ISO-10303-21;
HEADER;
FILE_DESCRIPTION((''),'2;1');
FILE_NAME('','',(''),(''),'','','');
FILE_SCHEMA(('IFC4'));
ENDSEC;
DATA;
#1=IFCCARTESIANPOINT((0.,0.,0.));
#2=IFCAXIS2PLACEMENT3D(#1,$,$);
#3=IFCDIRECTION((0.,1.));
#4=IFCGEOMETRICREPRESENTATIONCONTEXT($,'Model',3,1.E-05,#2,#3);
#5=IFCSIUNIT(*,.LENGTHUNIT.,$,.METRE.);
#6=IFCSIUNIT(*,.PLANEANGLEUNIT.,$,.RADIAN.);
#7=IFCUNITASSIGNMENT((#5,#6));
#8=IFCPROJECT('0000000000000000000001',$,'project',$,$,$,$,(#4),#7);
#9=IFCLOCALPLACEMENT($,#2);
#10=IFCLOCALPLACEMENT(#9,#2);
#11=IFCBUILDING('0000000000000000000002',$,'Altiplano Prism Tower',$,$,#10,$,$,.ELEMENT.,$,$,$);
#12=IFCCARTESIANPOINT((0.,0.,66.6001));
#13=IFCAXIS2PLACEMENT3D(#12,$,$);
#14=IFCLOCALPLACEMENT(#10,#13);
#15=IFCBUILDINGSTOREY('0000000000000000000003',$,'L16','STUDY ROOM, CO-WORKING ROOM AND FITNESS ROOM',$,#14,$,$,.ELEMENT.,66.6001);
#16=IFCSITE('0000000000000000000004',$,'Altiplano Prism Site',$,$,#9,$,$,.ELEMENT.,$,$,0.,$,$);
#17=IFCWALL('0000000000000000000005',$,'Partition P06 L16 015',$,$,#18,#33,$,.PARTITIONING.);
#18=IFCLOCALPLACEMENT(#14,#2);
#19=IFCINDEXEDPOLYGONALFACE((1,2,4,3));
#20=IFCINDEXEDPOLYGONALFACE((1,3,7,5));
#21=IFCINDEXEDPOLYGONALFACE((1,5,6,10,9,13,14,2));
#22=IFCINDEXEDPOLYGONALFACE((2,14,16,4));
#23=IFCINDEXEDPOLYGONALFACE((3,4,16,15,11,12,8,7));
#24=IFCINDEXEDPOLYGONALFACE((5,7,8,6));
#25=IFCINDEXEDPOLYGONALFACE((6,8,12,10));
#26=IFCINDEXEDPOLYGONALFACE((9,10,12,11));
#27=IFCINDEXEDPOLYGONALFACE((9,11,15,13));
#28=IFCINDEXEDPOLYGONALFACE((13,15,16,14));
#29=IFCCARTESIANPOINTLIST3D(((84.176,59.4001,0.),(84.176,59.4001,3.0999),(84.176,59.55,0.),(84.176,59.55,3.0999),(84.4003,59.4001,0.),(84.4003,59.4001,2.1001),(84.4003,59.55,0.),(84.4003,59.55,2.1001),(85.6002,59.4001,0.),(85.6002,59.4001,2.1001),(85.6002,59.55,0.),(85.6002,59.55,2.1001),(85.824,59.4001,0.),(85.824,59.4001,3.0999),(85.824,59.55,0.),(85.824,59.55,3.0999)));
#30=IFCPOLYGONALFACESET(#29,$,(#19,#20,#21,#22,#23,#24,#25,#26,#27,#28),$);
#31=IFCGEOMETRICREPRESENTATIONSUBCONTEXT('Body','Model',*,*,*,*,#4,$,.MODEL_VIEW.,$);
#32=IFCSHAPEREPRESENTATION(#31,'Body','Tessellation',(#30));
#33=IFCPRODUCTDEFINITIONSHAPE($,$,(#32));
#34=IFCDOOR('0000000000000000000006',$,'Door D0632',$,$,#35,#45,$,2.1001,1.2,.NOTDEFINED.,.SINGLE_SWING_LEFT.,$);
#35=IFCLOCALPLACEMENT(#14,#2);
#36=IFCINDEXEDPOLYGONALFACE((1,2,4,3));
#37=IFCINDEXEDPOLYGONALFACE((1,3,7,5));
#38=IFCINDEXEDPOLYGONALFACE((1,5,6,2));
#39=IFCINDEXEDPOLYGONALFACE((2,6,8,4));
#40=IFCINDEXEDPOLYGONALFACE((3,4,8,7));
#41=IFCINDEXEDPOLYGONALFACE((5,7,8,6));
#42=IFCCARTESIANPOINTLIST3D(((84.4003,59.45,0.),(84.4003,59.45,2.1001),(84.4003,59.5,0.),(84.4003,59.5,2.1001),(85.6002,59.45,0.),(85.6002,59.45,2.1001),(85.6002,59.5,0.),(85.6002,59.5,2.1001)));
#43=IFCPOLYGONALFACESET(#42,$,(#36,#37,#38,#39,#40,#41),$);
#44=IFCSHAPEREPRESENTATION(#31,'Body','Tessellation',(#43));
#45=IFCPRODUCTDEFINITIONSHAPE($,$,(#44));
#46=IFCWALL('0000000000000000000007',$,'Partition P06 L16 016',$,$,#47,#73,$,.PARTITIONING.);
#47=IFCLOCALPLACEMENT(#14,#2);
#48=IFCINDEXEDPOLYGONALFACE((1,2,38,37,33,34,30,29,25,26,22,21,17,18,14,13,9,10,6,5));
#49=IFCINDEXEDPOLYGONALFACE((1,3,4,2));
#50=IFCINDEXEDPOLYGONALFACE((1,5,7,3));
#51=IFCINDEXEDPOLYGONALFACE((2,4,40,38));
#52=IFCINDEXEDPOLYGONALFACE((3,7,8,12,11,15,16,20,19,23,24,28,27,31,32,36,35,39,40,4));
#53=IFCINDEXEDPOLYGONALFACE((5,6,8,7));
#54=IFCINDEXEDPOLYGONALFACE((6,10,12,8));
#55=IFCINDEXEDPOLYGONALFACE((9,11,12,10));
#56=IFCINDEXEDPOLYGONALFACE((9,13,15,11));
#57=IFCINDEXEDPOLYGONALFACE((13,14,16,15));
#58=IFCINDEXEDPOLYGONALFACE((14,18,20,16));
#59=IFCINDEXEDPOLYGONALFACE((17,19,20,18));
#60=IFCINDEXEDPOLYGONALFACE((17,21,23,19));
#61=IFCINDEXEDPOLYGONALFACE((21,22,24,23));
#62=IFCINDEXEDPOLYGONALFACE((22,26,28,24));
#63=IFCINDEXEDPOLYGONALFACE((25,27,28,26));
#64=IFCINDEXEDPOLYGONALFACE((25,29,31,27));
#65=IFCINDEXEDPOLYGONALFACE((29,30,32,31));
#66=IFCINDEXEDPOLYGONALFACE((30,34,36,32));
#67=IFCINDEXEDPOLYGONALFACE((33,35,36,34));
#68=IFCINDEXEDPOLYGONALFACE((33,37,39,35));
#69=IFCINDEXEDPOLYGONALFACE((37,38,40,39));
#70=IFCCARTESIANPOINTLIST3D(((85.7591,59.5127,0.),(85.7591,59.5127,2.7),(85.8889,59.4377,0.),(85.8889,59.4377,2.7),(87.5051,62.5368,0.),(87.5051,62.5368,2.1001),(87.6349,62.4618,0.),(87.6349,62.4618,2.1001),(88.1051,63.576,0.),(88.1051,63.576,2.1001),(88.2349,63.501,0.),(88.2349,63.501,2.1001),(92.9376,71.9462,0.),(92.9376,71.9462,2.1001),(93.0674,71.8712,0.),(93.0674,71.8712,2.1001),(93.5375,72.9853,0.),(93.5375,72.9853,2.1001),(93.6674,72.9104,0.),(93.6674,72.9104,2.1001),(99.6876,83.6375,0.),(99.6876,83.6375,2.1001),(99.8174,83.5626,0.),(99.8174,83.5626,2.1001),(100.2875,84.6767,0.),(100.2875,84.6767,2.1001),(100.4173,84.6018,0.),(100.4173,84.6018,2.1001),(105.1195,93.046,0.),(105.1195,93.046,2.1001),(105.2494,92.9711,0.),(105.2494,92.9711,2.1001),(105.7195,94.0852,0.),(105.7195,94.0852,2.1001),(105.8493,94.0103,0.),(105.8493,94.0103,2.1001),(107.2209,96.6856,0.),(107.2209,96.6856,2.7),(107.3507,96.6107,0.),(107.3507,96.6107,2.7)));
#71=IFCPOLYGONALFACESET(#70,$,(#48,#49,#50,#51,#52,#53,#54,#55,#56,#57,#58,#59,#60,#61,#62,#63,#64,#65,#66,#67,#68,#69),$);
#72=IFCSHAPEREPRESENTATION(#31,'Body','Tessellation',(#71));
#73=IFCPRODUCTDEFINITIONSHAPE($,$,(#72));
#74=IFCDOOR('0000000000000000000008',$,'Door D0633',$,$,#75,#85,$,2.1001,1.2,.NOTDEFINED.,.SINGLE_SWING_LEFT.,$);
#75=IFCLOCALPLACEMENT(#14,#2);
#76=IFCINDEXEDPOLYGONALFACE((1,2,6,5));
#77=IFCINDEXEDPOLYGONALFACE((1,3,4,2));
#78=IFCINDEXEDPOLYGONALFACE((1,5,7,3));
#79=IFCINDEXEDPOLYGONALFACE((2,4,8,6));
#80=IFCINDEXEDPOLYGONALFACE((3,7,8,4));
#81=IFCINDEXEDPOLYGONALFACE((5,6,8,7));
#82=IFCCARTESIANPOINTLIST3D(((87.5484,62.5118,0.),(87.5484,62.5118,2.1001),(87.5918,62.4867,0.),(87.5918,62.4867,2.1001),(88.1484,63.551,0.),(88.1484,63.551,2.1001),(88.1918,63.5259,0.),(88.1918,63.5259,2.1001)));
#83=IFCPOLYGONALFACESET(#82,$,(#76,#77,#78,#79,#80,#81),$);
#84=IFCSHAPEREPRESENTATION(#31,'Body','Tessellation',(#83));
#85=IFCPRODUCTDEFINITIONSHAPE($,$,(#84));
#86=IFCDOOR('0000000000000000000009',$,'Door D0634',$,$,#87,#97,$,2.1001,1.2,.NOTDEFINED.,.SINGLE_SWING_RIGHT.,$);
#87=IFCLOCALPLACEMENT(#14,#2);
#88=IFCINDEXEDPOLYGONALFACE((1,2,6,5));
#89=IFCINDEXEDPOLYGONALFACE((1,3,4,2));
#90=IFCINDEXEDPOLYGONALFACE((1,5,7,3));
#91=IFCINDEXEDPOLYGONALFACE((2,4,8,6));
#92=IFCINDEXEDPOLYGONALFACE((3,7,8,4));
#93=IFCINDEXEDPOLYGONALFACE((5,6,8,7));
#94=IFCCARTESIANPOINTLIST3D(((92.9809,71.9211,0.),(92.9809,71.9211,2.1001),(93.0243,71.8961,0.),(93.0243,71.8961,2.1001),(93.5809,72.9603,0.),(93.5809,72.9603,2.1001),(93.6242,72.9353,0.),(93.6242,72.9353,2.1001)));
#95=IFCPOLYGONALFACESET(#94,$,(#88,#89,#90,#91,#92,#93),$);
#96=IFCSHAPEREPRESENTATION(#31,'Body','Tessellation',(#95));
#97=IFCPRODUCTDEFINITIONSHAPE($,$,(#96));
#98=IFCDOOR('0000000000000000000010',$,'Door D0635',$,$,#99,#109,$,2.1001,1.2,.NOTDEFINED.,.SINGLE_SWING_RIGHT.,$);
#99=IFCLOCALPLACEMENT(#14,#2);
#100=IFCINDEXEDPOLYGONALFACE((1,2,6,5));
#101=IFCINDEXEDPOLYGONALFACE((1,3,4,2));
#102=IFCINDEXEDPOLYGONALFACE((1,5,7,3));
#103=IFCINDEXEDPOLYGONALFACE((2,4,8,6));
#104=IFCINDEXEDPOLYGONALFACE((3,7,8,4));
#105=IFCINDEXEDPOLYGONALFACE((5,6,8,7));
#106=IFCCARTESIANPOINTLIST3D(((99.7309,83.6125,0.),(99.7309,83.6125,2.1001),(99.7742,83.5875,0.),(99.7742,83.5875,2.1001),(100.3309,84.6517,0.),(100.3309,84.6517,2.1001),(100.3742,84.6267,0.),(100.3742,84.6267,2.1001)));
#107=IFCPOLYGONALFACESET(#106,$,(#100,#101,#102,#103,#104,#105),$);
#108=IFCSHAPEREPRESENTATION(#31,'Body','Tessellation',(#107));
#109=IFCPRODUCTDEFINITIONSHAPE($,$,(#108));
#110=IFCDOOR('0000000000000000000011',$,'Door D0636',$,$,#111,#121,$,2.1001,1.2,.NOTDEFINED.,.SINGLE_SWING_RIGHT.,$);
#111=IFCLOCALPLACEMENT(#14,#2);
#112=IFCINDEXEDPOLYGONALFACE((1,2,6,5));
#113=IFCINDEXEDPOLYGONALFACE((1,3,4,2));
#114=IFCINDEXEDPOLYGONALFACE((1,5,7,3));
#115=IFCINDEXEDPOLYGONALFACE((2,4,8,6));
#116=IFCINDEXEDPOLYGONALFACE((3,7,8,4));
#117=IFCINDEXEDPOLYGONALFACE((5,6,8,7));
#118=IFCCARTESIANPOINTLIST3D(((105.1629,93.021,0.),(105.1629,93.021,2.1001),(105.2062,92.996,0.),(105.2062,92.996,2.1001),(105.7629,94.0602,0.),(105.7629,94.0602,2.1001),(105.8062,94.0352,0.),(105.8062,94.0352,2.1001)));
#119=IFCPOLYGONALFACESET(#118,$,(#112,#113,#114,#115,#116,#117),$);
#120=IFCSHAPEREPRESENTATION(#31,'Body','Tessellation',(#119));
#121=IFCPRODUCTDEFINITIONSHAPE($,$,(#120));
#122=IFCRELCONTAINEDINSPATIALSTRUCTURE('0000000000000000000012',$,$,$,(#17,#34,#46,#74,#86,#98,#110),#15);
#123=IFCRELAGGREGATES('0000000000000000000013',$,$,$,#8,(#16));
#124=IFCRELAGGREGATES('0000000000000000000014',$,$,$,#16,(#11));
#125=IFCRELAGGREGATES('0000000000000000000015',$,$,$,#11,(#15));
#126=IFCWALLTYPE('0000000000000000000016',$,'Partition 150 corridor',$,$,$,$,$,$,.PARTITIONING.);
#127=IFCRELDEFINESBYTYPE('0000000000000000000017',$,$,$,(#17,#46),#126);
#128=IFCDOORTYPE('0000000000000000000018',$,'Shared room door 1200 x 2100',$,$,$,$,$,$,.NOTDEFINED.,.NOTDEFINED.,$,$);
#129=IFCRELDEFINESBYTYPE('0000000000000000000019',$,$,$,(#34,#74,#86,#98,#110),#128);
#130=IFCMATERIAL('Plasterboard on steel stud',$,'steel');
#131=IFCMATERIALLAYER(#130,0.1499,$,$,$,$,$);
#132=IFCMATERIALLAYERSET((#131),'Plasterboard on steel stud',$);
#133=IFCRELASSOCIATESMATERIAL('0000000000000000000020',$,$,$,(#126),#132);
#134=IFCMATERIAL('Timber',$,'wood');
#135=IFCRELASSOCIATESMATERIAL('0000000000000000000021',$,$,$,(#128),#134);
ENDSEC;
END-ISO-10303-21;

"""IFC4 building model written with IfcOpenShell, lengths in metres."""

from ifc_helpers import new_model, si_unit, direction, frame, frame_2d, origin, place, context, subcontext, project, spatial, rectangle, extrude, material, layer, layer_set, type_object, element, fill, save


model = new_model("IFC4")

# Units and contexts
model_context = context("Model", 3, precision=1e-05, world=origin(), true_north=direction((0.0, 1.0)))
body_context = subcontext(model_context, "Body", "Model", "MODEL_VIEW")
ifc_project = project(units=[si_unit("LENGTHUNIT", "METRE"), si_unit("PLANEANGLEUNIT", "RADIAN")], contexts=[model_context])

# Site, building, storey
site_placement = place(None, origin())
site = spatial("IfcSite", under=ifc_project, at=site_placement, Name="Altiplano Prism Site", CompositionType="ELEMENT", RefElevation=0.0)
building_placement = place(site_placement, origin())
building = spatial("IfcBuilding", under=site, at=building_placement, Name="Altiplano Prism Tower", CompositionType="ELEMENT")
storey_placement = place(building_placement, frame((0.0, 0.0, 66.6001)))
storey = spatial("IfcBuildingStorey", under=building, at=storey_placement, Name="L16", Description="STUDY ROOM, CO-WORKING ROOM AND FITNESS ROOM", CompositionType="ELEMENT", Elevation=66.6001)

# Wall, opening, door
ifc_material_1 = material(Name="Plasterboard on steel stud", Category="steel")
ifc_layer_1 = layer(ifc_material_1, 0.1499)
ifc_layer_set_1 = layer_set([ifc_layer_1], Name="Plasterboard on steel stud")
wall_type_1 = type_object("IfcWallType", Name="Partition 150 corridor", PredefinedType="PARTITIONING", material=ifc_layer_set_1)
wall_1_placement = place(storey_placement, frame((84.176, 59.4751, 0.0), z_axis=(0.0, 0.0, 1.0), x_axis=(1.0, 0.0, 0.0)))
wall_1 = element("IfcWall", 1, at=wall_1_placement, inside=storey, type_object=wall_type_1, Name="Partition P06 L16 015", PredefinedType="PARTITIONING", context=body_context, shape_type="SweptSolid", body=[
    extrude(rectangle(XDim=1.6479, YDim=0.1499, at=frame_2d((0.824, 0.0))), origin(), (0.0, 0.0, 1.0), 3.0999),
])
opening_1_placement = place(wall_1_placement, frame((0.2241, 0.0, 0.0)))
opening_1 = element("IfcOpeningElement", 2, at=opening_1_placement, cuts=wall_1, PredefinedType="OPENING", context=body_context, shape_type="SweptSolid", body=[
    extrude(rectangle(XDim=1.2, YDim=2.1001, at=frame_2d((0.6001, 1.05))), frame((0.0, 0.0854, 0.0), z_axis=(0.0, -1.0, 0.0), x_axis=(1.0, 0.0, 0.0)), (0.0, 0.0, 1.0), 0.1709),
])
ifc_material_2 = material(Name="Timber", Category="wood")
door_type = type_object("IfcDoorType", Name="Shared room door 1200 x 2100", OperationType="NOTDEFINED", PredefinedType="NOTDEFINED", material=ifc_material_2)
door_1_placement = place(opening_1_placement, origin())
door_1 = element("IfcDoor", 3, at=door_1_placement, inside=storey, type_object=door_type, Name="Door D0632", OperationType="SINGLE_SWING_LEFT", OverallHeight=2.1001, OverallWidth=1.2, PredefinedType="NOTDEFINED", context=body_context, shape_type="SweptSolid", body=[
    extrude(rectangle(XDim=1.2, YDim=2.1001, at=frame_2d((0.6001, 1.05))), frame((0.0, 0.0249, 0.0), z_axis=(0.0, -1.0, 0.0), x_axis=(1.0, 0.0, 0.0)), (0.0, 0.0, 1.0), 0.05),
])
fill(opening_1, door_1)

# Wall, openings, doors
wall_2_placement = place(storey_placement, frame((85.824, 59.4751, 0.0), z_axis=(0.0, 0.0, 1.0), x_axis=(0.499998, 0.866026, 0.0)))
wall_2 = element("IfcWall", 4, at=wall_2_placement, inside=storey, type_object=wall_type_1, Name="Partition P06 L16 016", PredefinedType="PARTITIONING", context=body_context, shape_type="SweptSolid", body=[
    extrude(rectangle(XDim=42.9236, YDim=0.1499, at=frame_2d((21.4619, 0.0))), origin(), (0.0, 0.0, 1.0), 2.7),
])
opening_2_placement = place(wall_2_placement, frame((3.4919, 0.0, 0.0)))
opening_2 = element("IfcOpeningElement", 5, at=opening_2_placement, cuts=wall_2, PredefinedType="OPENING", context=body_context, shape_type="SweptSolid", body=[
    extrude(rectangle(XDim=1.2, YDim=2.1001, at=frame_2d((0.6001, 1.05))), frame((0.0, 0.0854, 0.0), z_axis=(0.0, -1.0, 0.0), x_axis=(1.0, 0.0, 0.0)), (0.0, 0.0, 1.0), 0.1709),
])
opening_3_placement = place(wall_2_placement, frame((14.3569, 0.0, 0.0)))
opening_3 = element("IfcOpeningElement", 6, at=opening_3_placement, cuts=wall_2, PredefinedType="OPENING", context=body_context, shape_type="SweptSolid", body=[
    extrude(rectangle(XDim=1.2, YDim=2.1001, at=frame_2d((0.6001, 1.05))), frame((0.0, 0.0854, 0.0), z_axis=(0.0, -1.0, 0.0), x_axis=(1.0, 0.0, 0.0)), (0.0, 0.0, 1.0), 0.1709),
])
opening_4_placement = place(wall_2_placement, frame((27.8569, 0.0, 0.0)))
opening_4 = element("IfcOpeningElement", 7, at=opening_4_placement, cuts=wall_2, PredefinedType="OPENING", context=body_context, shape_type="SweptSolid", body=[
    extrude(rectangle(XDim=1.2, YDim=2.1001, at=frame_2d((0.6001, 1.05))), frame((0.0, 0.0854, 0.0), z_axis=(0.0, -1.0, 0.0), x_axis=(1.0, 0.0, 0.0)), (0.0, 0.0, 1.0), 0.1709),
])
opening_5_placement = place(wall_2_placement, frame((38.7209, 0.0, 0.0)))
opening_5 = element("IfcOpeningElement", 8, at=opening_5_placement, cuts=wall_2, PredefinedType="OPENING", context=body_context, shape_type="SweptSolid", body=[
    extrude(rectangle(XDim=1.2, YDim=2.1001, at=frame_2d((0.6001, 1.05))), frame((0.0, 0.0854, 0.0), z_axis=(0.0, -1.0, 0.0), x_axis=(1.0, 0.0, 0.0)), (0.0, 0.0, 1.0), 0.1709),
])
door_2_placement = place(opening_2_placement, origin())
door_2 = element("IfcDoor", 9, at=door_2_placement, inside=storey, type_object=door_type, Name="Door D0633", OperationType="SINGLE_SWING_LEFT", OverallHeight=2.1001, OverallWidth=1.2, PredefinedType="NOTDEFINED", context=body_context, shape_type="SweptSolid", body=[
    extrude(rectangle(XDim=1.2, YDim=2.1001, at=frame_2d((0.6001, 1.05))), frame((0.0, 0.0249, 0.0), z_axis=(0.0, -1.0, 0.0), x_axis=(1.0, 0.0, 0.0)), (0.0, 0.0, 1.0), 0.05),
])
fill(opening_2, door_2)
door_3_placement = place(opening_3_placement, origin())
door_3 = element("IfcDoor", 10, at=door_3_placement, inside=storey, type_object=door_type, Name="Door D0634", OperationType="SINGLE_SWING_RIGHT", OverallHeight=2.1001, OverallWidth=1.2, PredefinedType="NOTDEFINED", context=body_context, shape_type="SweptSolid", body=[
    extrude(rectangle(XDim=1.2, YDim=2.1001, at=frame_2d((0.6001, 1.05))), frame((0.0, 0.0249, 0.0), z_axis=(0.0, -1.0, 0.0), x_axis=(1.0, 0.0, 0.0)), (0.0, 0.0, 1.0), 0.05),
])
fill(opening_3, door_3)
door_4_placement = place(opening_4_placement, origin())
door_4 = element("IfcDoor", 11, at=door_4_placement, inside=storey, type_object=door_type, Name="Door D0635", OperationType="SINGLE_SWING_RIGHT", OverallHeight=2.1001, OverallWidth=1.2, PredefinedType="NOTDEFINED", context=body_context, shape_type="SweptSolid", body=[
    extrude(rectangle(XDim=1.2, YDim=2.1001, at=frame_2d((0.6001, 1.05))), frame((0.0, 0.0249, 0.0), z_axis=(0.0, -1.0, 0.0), x_axis=(1.0, 0.0, 0.0)), (0.0, 0.0, 1.0), 0.05),
])
fill(opening_4, door_4)
door_5_placement = place(opening_5_placement, origin())
door_5 = element("IfcDoor", 12, at=door_5_placement, inside=storey, type_object=door_type, Name="Door D0636", OperationType="SINGLE_SWING_RIGHT", OverallHeight=2.1001, OverallWidth=1.2, PredefinedType="NOTDEFINED", context=body_context, shape_type="SweptSolid", body=[
    extrude(rectangle(XDim=1.2, YDim=2.1001, at=frame_2d((0.6001, 1.05))), frame((0.0, 0.0249, 0.0), z_axis=(0.0, -1.0, 0.0), x_axis=(1.0, 0.0, 0.0)), (0.0, 0.0, 1.0), 0.05),
])
fill(opening_5, door_5)

save(model, "model.ifc")
